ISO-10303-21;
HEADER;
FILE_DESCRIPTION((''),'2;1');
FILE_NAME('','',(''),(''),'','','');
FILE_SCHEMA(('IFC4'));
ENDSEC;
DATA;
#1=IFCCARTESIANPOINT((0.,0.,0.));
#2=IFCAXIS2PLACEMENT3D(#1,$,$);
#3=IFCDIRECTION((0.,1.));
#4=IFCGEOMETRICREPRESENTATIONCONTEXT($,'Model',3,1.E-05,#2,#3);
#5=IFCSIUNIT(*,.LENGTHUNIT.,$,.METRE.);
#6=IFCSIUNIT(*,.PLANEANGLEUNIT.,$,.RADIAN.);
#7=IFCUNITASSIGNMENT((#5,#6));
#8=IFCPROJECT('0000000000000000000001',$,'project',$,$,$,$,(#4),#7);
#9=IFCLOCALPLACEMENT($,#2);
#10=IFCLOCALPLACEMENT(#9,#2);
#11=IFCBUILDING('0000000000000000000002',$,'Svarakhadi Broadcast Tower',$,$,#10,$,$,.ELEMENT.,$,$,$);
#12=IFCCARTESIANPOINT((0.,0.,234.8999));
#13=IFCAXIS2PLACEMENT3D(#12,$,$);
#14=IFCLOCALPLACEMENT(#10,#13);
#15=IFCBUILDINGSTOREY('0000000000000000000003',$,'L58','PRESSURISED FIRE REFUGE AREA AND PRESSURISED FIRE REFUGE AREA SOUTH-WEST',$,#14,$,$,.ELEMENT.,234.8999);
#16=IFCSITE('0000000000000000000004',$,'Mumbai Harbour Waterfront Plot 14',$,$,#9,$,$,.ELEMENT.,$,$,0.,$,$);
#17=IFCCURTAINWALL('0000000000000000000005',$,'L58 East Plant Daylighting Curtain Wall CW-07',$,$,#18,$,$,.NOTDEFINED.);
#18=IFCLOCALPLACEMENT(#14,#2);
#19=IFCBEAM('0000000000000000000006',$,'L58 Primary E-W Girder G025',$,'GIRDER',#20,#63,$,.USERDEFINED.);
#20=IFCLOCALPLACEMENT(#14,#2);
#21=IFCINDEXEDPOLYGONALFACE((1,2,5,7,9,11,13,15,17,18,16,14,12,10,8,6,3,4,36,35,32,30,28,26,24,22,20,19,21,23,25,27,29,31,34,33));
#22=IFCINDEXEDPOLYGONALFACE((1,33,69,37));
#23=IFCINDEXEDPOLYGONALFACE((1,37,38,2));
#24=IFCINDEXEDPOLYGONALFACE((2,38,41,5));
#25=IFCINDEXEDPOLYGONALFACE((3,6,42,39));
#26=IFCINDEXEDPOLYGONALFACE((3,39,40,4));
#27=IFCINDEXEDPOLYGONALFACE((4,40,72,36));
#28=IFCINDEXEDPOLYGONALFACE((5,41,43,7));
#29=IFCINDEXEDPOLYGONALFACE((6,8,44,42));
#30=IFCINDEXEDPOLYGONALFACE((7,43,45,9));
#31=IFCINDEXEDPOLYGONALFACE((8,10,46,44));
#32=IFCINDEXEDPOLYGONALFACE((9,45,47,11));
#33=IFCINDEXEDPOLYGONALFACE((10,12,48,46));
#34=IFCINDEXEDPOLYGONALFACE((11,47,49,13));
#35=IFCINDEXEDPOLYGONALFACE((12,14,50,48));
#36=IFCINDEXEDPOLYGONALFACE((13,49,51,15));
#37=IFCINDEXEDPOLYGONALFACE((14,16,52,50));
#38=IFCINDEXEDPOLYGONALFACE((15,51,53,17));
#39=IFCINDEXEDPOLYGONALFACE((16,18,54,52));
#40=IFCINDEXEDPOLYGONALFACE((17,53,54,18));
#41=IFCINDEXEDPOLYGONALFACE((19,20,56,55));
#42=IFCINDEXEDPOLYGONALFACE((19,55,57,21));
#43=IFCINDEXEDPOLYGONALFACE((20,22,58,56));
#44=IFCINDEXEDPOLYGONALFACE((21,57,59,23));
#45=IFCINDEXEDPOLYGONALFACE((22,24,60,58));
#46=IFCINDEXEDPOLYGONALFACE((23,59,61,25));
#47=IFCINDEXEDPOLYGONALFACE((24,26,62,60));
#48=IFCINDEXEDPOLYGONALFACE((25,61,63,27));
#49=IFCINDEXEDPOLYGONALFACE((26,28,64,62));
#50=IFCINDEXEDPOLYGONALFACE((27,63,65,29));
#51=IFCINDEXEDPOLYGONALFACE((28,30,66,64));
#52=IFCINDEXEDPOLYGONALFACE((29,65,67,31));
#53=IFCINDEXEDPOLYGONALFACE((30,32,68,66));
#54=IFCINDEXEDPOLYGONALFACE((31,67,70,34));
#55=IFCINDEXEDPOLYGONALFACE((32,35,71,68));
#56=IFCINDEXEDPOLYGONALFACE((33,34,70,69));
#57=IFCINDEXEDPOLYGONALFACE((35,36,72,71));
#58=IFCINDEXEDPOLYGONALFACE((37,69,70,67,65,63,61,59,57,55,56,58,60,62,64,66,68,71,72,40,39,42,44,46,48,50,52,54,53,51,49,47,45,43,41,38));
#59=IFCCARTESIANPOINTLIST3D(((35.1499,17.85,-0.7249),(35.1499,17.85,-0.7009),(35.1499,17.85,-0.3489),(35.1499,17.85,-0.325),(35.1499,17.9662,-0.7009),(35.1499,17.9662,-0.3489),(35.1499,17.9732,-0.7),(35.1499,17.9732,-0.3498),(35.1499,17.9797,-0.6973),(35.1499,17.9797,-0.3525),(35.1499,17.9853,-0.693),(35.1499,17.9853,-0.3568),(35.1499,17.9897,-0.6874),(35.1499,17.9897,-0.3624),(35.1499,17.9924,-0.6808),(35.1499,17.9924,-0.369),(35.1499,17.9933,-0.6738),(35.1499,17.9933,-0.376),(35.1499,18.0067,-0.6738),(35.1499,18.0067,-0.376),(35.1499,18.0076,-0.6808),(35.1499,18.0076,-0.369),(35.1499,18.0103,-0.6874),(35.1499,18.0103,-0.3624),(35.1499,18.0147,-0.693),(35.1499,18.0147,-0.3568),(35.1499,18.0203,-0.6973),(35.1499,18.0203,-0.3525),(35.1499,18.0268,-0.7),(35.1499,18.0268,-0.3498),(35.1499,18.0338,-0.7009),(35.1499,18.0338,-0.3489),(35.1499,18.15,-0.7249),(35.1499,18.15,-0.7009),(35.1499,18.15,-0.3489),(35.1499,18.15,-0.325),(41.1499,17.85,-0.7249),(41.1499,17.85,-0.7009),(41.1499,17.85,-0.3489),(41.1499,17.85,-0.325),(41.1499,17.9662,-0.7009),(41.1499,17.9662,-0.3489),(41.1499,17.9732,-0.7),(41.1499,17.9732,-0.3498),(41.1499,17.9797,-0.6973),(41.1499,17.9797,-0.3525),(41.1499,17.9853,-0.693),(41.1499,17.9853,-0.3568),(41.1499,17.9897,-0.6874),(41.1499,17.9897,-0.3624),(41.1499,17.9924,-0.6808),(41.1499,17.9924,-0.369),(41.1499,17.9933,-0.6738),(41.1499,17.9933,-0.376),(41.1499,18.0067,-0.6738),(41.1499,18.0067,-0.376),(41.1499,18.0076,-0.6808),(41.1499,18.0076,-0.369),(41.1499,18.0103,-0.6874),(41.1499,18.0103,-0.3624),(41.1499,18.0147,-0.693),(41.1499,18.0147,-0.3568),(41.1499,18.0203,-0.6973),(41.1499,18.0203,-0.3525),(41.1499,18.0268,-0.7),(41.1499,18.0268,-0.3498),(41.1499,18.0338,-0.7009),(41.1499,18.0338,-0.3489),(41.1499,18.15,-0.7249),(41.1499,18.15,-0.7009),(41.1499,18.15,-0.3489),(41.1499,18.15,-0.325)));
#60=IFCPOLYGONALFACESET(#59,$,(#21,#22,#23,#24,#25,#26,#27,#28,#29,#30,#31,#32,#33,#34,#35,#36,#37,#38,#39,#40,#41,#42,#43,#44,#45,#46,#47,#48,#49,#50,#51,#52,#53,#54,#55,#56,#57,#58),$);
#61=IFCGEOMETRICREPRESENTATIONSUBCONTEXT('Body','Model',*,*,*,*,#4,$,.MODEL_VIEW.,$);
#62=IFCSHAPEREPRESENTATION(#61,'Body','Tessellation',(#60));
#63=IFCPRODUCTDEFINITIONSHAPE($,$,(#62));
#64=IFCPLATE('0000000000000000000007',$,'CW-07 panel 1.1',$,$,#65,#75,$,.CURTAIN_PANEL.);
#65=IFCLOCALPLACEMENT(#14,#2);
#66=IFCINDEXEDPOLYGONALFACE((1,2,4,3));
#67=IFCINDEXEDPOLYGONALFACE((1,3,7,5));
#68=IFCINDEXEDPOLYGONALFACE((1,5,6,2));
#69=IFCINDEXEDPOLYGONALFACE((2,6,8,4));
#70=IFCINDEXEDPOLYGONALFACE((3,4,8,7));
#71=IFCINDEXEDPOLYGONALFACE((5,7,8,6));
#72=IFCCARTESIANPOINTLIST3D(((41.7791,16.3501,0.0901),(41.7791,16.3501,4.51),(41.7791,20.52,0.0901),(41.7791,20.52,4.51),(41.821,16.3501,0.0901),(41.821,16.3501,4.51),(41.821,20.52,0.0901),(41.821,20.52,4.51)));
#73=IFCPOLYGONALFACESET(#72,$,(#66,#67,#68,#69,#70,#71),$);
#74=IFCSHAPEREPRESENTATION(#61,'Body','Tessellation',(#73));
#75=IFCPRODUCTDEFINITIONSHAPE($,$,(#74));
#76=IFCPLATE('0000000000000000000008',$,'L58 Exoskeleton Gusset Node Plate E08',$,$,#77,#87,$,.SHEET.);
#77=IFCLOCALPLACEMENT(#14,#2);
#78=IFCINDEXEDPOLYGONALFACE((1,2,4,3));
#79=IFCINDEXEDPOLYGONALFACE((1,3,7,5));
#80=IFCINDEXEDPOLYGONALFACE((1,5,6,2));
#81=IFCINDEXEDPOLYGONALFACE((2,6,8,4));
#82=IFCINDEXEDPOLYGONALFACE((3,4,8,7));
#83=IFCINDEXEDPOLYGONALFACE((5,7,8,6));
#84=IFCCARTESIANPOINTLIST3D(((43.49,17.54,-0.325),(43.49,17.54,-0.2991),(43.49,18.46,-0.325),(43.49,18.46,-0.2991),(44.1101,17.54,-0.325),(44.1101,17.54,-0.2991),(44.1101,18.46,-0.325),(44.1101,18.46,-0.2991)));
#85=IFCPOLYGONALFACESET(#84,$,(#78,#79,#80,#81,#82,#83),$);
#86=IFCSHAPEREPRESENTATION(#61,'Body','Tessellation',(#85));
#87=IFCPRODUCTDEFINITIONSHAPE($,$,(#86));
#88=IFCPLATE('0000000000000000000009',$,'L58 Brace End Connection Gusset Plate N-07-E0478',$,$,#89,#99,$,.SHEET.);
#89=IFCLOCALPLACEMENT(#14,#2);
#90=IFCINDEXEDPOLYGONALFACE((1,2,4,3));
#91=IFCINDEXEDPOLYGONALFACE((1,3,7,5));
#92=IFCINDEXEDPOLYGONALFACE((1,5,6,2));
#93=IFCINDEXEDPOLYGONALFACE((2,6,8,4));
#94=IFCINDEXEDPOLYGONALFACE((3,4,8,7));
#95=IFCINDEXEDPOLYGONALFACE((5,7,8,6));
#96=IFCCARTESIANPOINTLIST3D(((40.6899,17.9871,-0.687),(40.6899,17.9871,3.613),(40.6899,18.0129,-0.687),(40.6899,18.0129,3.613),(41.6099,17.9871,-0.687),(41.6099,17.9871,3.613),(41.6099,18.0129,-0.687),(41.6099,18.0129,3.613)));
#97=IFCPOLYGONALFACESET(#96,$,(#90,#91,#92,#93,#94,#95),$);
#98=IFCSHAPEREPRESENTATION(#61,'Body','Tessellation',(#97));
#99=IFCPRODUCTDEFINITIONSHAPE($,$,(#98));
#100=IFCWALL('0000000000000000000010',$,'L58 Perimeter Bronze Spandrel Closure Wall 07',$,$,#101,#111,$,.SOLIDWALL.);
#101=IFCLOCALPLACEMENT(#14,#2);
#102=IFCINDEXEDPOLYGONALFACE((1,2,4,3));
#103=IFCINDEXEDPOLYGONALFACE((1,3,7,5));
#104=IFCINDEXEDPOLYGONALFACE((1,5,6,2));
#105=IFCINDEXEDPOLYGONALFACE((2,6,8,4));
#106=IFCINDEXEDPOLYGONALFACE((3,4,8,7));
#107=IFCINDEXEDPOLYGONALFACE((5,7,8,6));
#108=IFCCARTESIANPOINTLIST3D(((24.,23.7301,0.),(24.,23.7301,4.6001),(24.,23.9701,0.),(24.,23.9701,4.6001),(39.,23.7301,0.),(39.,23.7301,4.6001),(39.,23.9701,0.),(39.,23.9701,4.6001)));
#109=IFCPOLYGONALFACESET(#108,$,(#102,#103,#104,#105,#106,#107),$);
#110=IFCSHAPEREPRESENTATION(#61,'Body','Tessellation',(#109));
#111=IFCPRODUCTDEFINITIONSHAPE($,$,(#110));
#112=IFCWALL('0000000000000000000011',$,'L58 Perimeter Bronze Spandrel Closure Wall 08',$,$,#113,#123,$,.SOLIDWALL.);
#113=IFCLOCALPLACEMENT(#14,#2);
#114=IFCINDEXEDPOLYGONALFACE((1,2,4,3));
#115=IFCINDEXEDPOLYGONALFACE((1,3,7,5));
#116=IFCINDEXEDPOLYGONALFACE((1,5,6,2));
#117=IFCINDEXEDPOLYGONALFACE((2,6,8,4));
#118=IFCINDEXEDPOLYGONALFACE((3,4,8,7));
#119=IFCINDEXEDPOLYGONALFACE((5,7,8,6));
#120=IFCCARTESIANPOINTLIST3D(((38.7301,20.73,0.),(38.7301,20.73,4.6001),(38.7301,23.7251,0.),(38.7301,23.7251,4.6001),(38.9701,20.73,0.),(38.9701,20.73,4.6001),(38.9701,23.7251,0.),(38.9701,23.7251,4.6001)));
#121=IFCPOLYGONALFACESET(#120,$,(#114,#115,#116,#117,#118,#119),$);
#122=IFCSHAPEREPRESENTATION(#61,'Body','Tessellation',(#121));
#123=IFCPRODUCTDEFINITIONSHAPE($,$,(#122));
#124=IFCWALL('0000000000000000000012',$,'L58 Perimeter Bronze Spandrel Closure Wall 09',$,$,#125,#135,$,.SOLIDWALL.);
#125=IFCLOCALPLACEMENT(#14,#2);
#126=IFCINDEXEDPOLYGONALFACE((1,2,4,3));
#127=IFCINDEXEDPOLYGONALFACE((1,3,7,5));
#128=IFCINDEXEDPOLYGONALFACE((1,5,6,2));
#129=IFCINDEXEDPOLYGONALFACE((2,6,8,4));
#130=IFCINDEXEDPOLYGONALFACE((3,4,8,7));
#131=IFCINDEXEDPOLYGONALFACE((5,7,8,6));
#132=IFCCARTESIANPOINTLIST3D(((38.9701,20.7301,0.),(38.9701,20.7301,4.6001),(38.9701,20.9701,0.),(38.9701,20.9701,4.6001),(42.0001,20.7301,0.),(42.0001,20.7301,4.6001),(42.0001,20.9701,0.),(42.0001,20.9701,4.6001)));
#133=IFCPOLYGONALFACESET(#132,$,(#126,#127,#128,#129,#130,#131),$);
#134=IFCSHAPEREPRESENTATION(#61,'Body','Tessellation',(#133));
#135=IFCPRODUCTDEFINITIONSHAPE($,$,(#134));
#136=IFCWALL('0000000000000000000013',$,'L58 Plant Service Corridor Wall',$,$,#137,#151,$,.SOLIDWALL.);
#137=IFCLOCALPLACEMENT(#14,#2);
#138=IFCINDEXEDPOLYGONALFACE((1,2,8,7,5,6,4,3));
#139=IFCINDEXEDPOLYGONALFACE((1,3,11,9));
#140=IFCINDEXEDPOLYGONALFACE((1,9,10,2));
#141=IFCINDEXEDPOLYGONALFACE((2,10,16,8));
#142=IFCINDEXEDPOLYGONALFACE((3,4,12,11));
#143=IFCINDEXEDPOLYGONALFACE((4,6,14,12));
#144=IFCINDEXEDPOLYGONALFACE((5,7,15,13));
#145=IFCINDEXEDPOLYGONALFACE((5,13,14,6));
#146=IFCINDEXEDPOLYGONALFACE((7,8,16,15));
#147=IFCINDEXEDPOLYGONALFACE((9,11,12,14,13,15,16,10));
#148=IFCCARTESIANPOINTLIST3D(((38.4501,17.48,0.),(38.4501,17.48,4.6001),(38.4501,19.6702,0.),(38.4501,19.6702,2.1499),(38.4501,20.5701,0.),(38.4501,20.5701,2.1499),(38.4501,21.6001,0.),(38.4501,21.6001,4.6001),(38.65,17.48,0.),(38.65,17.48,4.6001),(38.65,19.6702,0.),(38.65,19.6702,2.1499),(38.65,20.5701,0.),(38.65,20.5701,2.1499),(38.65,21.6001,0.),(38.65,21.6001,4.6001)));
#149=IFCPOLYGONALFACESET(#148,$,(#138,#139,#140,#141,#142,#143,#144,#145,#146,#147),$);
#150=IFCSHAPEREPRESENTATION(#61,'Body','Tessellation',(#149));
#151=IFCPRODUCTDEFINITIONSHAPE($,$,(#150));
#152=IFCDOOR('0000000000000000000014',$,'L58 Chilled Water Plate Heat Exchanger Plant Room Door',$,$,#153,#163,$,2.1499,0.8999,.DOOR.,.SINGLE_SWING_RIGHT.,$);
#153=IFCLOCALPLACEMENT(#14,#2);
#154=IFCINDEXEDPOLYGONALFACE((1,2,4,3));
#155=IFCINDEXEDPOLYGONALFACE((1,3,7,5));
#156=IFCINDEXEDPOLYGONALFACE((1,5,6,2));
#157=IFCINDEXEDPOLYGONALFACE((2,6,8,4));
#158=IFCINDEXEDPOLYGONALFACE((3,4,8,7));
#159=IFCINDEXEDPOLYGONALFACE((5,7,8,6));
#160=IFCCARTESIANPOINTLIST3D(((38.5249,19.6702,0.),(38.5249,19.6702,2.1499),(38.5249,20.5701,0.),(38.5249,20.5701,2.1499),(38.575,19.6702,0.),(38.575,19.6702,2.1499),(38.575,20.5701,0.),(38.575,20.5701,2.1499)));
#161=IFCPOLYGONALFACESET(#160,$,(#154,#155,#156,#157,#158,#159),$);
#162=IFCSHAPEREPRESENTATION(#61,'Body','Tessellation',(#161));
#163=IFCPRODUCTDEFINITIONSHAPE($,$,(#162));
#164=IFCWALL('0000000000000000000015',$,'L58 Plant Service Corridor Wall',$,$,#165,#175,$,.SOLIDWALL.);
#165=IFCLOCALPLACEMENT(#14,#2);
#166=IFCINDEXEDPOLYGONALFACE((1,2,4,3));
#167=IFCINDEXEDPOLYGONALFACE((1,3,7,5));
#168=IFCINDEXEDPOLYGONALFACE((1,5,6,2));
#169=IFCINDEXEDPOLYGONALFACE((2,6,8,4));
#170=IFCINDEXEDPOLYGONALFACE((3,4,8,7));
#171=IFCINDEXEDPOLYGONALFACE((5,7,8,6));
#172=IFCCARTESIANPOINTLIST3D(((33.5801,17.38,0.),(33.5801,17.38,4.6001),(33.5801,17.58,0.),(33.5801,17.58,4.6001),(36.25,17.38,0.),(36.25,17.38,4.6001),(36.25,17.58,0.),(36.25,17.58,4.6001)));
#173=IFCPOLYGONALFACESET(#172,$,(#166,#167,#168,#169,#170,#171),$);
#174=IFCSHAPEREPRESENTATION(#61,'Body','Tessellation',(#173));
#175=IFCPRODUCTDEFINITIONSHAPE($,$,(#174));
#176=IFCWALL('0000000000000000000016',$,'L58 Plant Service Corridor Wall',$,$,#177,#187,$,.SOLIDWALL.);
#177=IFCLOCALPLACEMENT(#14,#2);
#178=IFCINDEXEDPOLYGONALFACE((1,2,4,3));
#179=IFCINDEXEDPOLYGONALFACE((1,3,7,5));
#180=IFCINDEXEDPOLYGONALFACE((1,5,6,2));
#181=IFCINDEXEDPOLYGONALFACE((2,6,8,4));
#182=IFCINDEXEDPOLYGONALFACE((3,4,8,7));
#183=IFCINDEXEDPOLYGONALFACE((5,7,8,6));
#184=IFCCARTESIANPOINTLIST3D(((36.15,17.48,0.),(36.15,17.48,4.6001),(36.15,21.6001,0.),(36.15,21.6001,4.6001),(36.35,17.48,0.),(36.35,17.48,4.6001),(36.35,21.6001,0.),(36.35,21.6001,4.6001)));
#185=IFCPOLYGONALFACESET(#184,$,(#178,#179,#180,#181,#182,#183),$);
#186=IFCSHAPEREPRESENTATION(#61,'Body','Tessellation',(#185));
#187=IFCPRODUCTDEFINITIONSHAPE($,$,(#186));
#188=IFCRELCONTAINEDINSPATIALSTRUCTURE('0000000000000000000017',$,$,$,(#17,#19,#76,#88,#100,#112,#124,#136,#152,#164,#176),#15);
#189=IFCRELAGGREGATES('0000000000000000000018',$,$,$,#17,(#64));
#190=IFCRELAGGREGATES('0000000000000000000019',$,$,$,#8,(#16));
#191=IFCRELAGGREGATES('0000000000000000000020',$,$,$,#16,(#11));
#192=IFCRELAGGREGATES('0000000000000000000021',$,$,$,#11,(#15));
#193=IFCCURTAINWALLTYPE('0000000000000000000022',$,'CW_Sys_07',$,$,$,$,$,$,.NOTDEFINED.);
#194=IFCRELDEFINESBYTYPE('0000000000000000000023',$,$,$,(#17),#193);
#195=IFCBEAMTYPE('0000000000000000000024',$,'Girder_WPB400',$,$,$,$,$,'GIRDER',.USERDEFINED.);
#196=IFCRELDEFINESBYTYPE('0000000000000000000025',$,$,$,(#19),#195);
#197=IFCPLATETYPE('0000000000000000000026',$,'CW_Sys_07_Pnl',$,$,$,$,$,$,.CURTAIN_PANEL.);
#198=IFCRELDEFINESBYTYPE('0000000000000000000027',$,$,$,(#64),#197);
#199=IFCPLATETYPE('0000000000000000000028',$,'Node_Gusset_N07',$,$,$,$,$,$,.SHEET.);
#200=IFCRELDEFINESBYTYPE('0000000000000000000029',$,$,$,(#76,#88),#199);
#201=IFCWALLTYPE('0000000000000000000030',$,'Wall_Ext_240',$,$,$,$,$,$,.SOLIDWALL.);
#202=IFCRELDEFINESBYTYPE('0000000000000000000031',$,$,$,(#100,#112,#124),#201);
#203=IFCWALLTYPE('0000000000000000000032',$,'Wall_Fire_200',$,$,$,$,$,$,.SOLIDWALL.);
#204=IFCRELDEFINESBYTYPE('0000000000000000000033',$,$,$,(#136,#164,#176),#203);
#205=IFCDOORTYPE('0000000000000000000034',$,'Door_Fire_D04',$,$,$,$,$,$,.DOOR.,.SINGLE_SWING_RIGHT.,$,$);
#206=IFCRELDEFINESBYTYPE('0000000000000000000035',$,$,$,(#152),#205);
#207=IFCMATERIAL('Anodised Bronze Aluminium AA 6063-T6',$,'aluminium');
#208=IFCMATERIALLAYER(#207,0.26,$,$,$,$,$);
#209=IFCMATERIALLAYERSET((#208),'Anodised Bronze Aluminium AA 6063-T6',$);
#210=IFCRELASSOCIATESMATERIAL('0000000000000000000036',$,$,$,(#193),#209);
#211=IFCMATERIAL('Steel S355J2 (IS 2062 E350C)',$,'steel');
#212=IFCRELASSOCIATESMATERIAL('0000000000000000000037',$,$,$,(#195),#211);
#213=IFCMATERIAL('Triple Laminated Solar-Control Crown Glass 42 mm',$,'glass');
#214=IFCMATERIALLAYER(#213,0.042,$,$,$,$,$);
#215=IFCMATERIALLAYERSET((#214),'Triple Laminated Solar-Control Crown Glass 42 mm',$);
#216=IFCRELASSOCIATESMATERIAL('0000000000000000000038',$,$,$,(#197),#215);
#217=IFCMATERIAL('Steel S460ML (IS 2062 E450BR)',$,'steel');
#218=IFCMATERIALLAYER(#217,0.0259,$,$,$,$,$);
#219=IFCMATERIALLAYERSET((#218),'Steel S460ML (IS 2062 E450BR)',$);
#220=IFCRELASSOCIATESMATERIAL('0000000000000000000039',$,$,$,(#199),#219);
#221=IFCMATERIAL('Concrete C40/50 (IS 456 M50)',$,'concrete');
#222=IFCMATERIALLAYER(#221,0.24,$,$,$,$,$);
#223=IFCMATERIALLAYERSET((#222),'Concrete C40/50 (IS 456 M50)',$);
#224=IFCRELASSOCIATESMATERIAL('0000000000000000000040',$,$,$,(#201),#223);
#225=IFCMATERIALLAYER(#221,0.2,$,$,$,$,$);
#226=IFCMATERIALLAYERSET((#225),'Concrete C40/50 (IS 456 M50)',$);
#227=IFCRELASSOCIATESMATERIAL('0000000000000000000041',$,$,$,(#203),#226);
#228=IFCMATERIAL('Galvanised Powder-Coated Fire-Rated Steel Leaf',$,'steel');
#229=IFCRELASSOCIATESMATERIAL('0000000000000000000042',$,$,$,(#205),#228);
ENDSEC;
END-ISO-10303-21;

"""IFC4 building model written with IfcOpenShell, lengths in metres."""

from ifc_helpers import new_model, si_unit, direction, frame, frame_2d, origin, origin_2d, place, context, subcontext, project, spatial, rectangle, i_section, extrude, material, layer, layer_set, material_profile, profile_set, type_object, element, fill, aggregate, save


model = new_model("IFC4")

# Units and contexts
model_context = context("Model", 3, precision=1e-05, world=origin(), true_north=direction((0.0, 1.0)))
body_context = subcontext(model_context, "Body", "Model", "MODEL_VIEW")
ifc_project = project(units=[si_unit("LENGTHUNIT", "METRE"), si_unit("PLANEANGLEUNIT", "RADIAN")], contexts=[model_context])

# Site, building, storey
site_placement = place(None, origin())
site = spatial("IfcSite", under=ifc_project, at=site_placement, Name="Mumbai Harbour Waterfront Plot 14", CompositionType="ELEMENT", RefElevation=0.0)
building_placement = place(site_placement, origin())
building = spatial("IfcBuilding", under=site, at=building_placement, Name="Svarakhadi Broadcast Tower", CompositionType="ELEMENT")
storey_placement = place(building_placement, frame((0.0, 0.0, 234.8999)))
storey = spatial("IfcBuildingStorey", under=building, at=storey_placement, Name="L58", Description="PRESSURISED FIRE REFUGE AREA AND PRESSURISED FIRE REFUGE AREA SOUTH-WEST", CompositionType="ELEMENT", Elevation=234.8999)

# Shared definitions
ifc_material_1 = material(Name="Steel S460ML (IS 2062 E450BR)", Category="steel")

# Curtain wall
ifc_material_2 = material(Name="Anodised Bronze Aluminium AA 6063-T6", Category="aluminium")
ifc_layer_1 = layer(ifc_material_2, 0.26)
ifc_layer_set_1 = layer_set([ifc_layer_1], Name="Anodised Bronze Aluminium AA 6063-T6")
curtain_wall_type = type_object("IfcCurtainWallType", Name="CW_Sys_07", PredefinedType="NOTDEFINED", material=ifc_layer_set_1)
curtain_wall_placement = place(storey_placement, origin())
curtain_wall = element("IfcCurtainWall", 1, at=curtain_wall_placement, inside=storey, type_object=curtain_wall_type, Name="L58 East Plant Daylighting Curtain Wall CW-07", PredefinedType="NOTDEFINED")

# Beam
ifc_material_3 = material(Name="Steel S355J2 (IS 2062 E350C)", Category="steel")
ifc_material_profile_1 = material_profile(ifc_material_3, i_section(OverallWidth=0.3, OverallDepth=0.3999, WebThickness=0.0134, FlangeThickness=0.0239, FilletRadius=0.0271, at=origin_2d()), Name="WPB 400x300x155")
ifc_profile_set_1 = profile_set([ifc_material_profile_1], Name="Steel S355J2 (IS 2062 E350C)")
beam_type = type_object("IfcBeamType", Name="Girder_WPB400", ElementType="GIRDER", PredefinedType="USERDEFINED", material=ifc_profile_set_1)
beam_placement = place(storey_placement, frame((35.1499, 18.0, -0.5249), z_axis=(1.0, 0.0, 0.0), x_axis=(0.0, 1.0, 0.0)))
element("IfcBeam", 2, at=beam_placement, inside=storey, type_object=beam_type, Name="L58 Primary E-W Girder G025", ObjectType="GIRDER", PredefinedType="USERDEFINED", context=body_context, shape_type="SweptSolid", body=[
    extrude(i_section(OverallWidth=0.3, OverallDepth=0.3999, WebThickness=0.0134, FlangeThickness=0.0239, FilletRadius=0.0271, at=origin_2d()), origin(), (0.0, 0.0, 1.0), 6.0),
])

# Plate
ifc_material_4 = material(Name="Triple Laminated Solar-Control Crown Glass 42 mm", Category="glass")
ifc_layer_2 = layer(ifc_material_4, 0.042)
ifc_layer_set_2 = layer_set([ifc_layer_2], Name="Triple Laminated Solar-Control Crown Glass 42 mm")
plate_type_1 = type_object("IfcPlateType", Name="CW_Sys_07_Pnl", PredefinedType="CURTAIN_PANEL", material=ifc_layer_set_2)
plate_1_placement = place(storey_placement, frame((41.8, 18.4351, 0.0901), z_axis=(0.0, 0.0, 1.0), x_axis=(0.0, -1.0, 0.0)))
plate_1 = element("IfcPlate", 3, at=plate_1_placement, type_object=plate_type_1, Name="CW-07 panel 1.1", PredefinedType="CURTAIN_PANEL", context=body_context, shape_type="SweptSolid", body=[
    extrude(rectangle(XDim=4.1699, YDim=0.042, at=origin_2d()), origin(), (0.0, 0.0, 1.0), 4.4199),
])
aggregate(curtain_wall, [plate_1])

# Plates
ifc_layer_3 = layer(ifc_material_1, 0.0259)
ifc_layer_set_3 = layer_set([ifc_layer_3], Name="Steel S460ML (IS 2062 E450BR)")
plate_type_2 = type_object("IfcPlateType", Name="Node_Gusset_N07", PredefinedType="SHEET", material=ifc_layer_set_3)
plate_2_placement = place(storey_placement, frame((43.8, 18.0, -0.325), z_axis=(0.0, 0.0, 1.0), x_axis=(0.0, 1.0, 0.0)))
element("IfcPlate", 4, at=plate_2_placement, inside=storey, type_object=plate_type_2, Name="L58 Exoskeleton Gusset Node Plate E08", PredefinedType="SHEET", context=body_context, shape_type="SweptSolid", body=[
    extrude(rectangle(XDim=0.9199, YDim=0.6201, at=origin_2d()), origin(), (0.0, 0.0, 1.0), 0.0259),
])
plate_3_placement = place(storey_placement, frame((41.1499, 18.0, -0.687), z_axis=(0.0, 0.0, 1.0), x_axis=(1.0, 0.0, 0.0)))
element("IfcPlate", 5, at=plate_3_placement, inside=storey, type_object=plate_type_2, Name="L58 Brace End Connection Gusset Plate N-07-E0478", PredefinedType="SHEET", context=body_context, shape_type="SweptSolid", body=[
    extrude(rectangle(XDim=0.9199, YDim=0.0259, at=origin_2d()), origin(), (0.0, 0.0, 1.0), 4.3),
])

# Walls
ifc_material_5 = material(Name="Concrete C40/50 (IS 456 M50)", Category="concrete")
ifc_layer_4 = layer(ifc_material_5, 0.24)
ifc_layer_set_4 = layer_set([ifc_layer_4], Name="Concrete C40/50 (IS 456 M50)")
wall_type_1 = type_object("IfcWallType", Name="Wall_Ext_240", PredefinedType="SOLIDWALL", material=ifc_layer_set_4)
wall_1_placement = place(storey_placement, frame((24.0, 23.8501, 0.0), z_axis=(0.0, 0.0, 1.0), x_axis=(1.0, 0.0, 0.0)))
element("IfcWall", 6, at=wall_1_placement, inside=storey, type_object=wall_type_1, Name="L58 Perimeter Bronze Spandrel Closure Wall 07", PredefinedType="SOLIDWALL", context=body_context, shape_type="SweptSolid", body=[
    extrude(rectangle(XDim=15.0, YDim=0.24, at=frame_2d((7.5, 0.0))), origin(), (0.0, 0.0, 1.0), 4.6001),
])
wall_2_placement = place(storey_placement, frame((38.8501, 23.7251, 0.0), z_axis=(0.0, 0.0, 1.0), x_axis=(0.0, -1.0, 0.0)))
element("IfcWall", 7, at=wall_2_placement, inside=storey, type_object=wall_type_1, Name="L58 Perimeter Bronze Spandrel Closure Wall 08", PredefinedType="SOLIDWALL", context=body_context, shape_type="SweptSolid", body=[
    extrude(rectangle(XDim=2.9951, YDim=0.24, at=frame_2d((1.4976, 0.0))), origin(), (0.0, 0.0, 1.0), 4.6001),
])
wall_3_placement = place(storey_placement, frame((38.97, 20.8501, 0.0), z_axis=(0.0, 0.0, 1.0), x_axis=(1.0, 0.0, 0.0)))
element("IfcWall", 8, at=wall_3_placement, inside=storey, type_object=wall_type_1, Name="L58 Perimeter Bronze Spandrel Closure Wall 09", PredefinedType="SOLIDWALL", context=body_context, shape_type="SweptSolid", body=[
    extrude(rectangle(XDim=3.03, YDim=0.24, at=frame_2d((1.5151, 0.0))), origin(), (0.0, 0.0, 1.0), 4.6001),
])

# Wall, opening, door
ifc_layer_5 = layer(ifc_material_5, 0.2)
ifc_layer_set_5 = layer_set([ifc_layer_5], Name="Concrete C40/50 (IS 456 M50)")
wall_type_2 = type_object("IfcWallType", Name="Wall_Fire_200", PredefinedType="SOLIDWALL", material=ifc_layer_set_5)
wall_4_placement = place(storey_placement, frame((38.55, 21.6001, 0.0), z_axis=(0.0, 0.0, 1.0), x_axis=(0.0, -1.0, 0.0)))
wall_4 = element("IfcWall", 9, at=wall_4_placement, inside=storey, type_object=wall_type_2, Name="L58 Plant Service Corridor Wall", PredefinedType="SOLIDWALL", context=body_context, shape_type="SweptSolid", body=[
    extrude(rectangle(XDim=4.1201, YDim=0.2, at=frame_2d((2.0601, 0.0))), origin(), (0.0, 0.0, 1.0), 4.6001),
])
opening_1_placement = place(wall_4_placement, frame((1.03, 0.0, 0.0)))
opening_1 = element("IfcOpeningElement", 10, at=opening_1_placement, cuts=wall_4, PredefinedType="OPENING", context=body_context, shape_type="SweptSolid", body=[
    extrude(rectangle(XDim=0.8999, YDim=2.1499, at=frame_2d((0.45, 1.075))), frame((0.0, 0.1099, 0.0), z_axis=(0.0, -1.0, 0.0), x_axis=(1.0, 0.0, 0.0)), (0.0, 0.0, 1.0), 0.22),
])
ifc_material_6 = material(Name="Galvanised Powder-Coated Fire-Rated Steel Leaf", Category="steel")
door_type_1 = type_object("IfcDoorType", Name="Door_Fire_D04", OperationType="SINGLE_SWING_RIGHT", PredefinedType="DOOR", material=ifc_material_6)
door_1_placement = place(opening_1_placement, origin())
door_1 = element("IfcDoor", 11, at=door_1_placement, inside=storey, type_object=door_type_1, Name="L58 Chilled Water Plate Heat Exchanger Plant Room Door", OperationType="SINGLE_SWING_RIGHT", OverallHeight=2.1499, OverallWidth=0.8999, PredefinedType="DOOR", context=body_context, shape_type="SweptSolid", body=[
    extrude(rectangle(XDim=0.8999, YDim=2.1499, at=frame_2d((0.45, 1.075))), frame((0.0, 0.0249, 0.0), z_axis=(0.0, -1.0, 0.0), x_axis=(1.0, 0.0, 0.0)), (0.0, 0.0, 1.0), 0.05),
])
fill(opening_1, door_1)

# Walls
wall_5_placement = place(storey_placement, frame((33.5801, 17.48, 0.0), z_axis=(0.0, 0.0, 1.0), x_axis=(1.0, 0.0, 0.0)))
element("IfcWall", 12, at=wall_5_placement, inside=storey, type_object=wall_type_2, Name="L58 Plant Service Corridor Wall", PredefinedType="SOLIDWALL", context=body_context, shape_type="SweptSolid", body=[
    extrude(rectangle(XDim=2.6699, YDim=0.2, at=frame_2d((1.335, 0.0))), origin(), (0.0, 0.0, 1.0), 4.6001),
])
wall_6_placement = place(storey_placement, frame((36.25, 17.48, 0.0), z_axis=(0.0, 0.0, 1.0), x_axis=(0.0, 1.0, 0.0)))
element("IfcWall", 13, at=wall_6_placement, inside=storey, type_object=wall_type_2, Name="L58 Plant Service Corridor Wall", PredefinedType="SOLIDWALL", context=body_context, shape_type="SweptSolid", body=[
    extrude(rectangle(XDim=4.1201, YDim=0.2, at=frame_2d((2.0601, 0.0))), origin(), (0.0, 0.0, 1.0), 4.6001),
])

save(model, "model.ifc")
